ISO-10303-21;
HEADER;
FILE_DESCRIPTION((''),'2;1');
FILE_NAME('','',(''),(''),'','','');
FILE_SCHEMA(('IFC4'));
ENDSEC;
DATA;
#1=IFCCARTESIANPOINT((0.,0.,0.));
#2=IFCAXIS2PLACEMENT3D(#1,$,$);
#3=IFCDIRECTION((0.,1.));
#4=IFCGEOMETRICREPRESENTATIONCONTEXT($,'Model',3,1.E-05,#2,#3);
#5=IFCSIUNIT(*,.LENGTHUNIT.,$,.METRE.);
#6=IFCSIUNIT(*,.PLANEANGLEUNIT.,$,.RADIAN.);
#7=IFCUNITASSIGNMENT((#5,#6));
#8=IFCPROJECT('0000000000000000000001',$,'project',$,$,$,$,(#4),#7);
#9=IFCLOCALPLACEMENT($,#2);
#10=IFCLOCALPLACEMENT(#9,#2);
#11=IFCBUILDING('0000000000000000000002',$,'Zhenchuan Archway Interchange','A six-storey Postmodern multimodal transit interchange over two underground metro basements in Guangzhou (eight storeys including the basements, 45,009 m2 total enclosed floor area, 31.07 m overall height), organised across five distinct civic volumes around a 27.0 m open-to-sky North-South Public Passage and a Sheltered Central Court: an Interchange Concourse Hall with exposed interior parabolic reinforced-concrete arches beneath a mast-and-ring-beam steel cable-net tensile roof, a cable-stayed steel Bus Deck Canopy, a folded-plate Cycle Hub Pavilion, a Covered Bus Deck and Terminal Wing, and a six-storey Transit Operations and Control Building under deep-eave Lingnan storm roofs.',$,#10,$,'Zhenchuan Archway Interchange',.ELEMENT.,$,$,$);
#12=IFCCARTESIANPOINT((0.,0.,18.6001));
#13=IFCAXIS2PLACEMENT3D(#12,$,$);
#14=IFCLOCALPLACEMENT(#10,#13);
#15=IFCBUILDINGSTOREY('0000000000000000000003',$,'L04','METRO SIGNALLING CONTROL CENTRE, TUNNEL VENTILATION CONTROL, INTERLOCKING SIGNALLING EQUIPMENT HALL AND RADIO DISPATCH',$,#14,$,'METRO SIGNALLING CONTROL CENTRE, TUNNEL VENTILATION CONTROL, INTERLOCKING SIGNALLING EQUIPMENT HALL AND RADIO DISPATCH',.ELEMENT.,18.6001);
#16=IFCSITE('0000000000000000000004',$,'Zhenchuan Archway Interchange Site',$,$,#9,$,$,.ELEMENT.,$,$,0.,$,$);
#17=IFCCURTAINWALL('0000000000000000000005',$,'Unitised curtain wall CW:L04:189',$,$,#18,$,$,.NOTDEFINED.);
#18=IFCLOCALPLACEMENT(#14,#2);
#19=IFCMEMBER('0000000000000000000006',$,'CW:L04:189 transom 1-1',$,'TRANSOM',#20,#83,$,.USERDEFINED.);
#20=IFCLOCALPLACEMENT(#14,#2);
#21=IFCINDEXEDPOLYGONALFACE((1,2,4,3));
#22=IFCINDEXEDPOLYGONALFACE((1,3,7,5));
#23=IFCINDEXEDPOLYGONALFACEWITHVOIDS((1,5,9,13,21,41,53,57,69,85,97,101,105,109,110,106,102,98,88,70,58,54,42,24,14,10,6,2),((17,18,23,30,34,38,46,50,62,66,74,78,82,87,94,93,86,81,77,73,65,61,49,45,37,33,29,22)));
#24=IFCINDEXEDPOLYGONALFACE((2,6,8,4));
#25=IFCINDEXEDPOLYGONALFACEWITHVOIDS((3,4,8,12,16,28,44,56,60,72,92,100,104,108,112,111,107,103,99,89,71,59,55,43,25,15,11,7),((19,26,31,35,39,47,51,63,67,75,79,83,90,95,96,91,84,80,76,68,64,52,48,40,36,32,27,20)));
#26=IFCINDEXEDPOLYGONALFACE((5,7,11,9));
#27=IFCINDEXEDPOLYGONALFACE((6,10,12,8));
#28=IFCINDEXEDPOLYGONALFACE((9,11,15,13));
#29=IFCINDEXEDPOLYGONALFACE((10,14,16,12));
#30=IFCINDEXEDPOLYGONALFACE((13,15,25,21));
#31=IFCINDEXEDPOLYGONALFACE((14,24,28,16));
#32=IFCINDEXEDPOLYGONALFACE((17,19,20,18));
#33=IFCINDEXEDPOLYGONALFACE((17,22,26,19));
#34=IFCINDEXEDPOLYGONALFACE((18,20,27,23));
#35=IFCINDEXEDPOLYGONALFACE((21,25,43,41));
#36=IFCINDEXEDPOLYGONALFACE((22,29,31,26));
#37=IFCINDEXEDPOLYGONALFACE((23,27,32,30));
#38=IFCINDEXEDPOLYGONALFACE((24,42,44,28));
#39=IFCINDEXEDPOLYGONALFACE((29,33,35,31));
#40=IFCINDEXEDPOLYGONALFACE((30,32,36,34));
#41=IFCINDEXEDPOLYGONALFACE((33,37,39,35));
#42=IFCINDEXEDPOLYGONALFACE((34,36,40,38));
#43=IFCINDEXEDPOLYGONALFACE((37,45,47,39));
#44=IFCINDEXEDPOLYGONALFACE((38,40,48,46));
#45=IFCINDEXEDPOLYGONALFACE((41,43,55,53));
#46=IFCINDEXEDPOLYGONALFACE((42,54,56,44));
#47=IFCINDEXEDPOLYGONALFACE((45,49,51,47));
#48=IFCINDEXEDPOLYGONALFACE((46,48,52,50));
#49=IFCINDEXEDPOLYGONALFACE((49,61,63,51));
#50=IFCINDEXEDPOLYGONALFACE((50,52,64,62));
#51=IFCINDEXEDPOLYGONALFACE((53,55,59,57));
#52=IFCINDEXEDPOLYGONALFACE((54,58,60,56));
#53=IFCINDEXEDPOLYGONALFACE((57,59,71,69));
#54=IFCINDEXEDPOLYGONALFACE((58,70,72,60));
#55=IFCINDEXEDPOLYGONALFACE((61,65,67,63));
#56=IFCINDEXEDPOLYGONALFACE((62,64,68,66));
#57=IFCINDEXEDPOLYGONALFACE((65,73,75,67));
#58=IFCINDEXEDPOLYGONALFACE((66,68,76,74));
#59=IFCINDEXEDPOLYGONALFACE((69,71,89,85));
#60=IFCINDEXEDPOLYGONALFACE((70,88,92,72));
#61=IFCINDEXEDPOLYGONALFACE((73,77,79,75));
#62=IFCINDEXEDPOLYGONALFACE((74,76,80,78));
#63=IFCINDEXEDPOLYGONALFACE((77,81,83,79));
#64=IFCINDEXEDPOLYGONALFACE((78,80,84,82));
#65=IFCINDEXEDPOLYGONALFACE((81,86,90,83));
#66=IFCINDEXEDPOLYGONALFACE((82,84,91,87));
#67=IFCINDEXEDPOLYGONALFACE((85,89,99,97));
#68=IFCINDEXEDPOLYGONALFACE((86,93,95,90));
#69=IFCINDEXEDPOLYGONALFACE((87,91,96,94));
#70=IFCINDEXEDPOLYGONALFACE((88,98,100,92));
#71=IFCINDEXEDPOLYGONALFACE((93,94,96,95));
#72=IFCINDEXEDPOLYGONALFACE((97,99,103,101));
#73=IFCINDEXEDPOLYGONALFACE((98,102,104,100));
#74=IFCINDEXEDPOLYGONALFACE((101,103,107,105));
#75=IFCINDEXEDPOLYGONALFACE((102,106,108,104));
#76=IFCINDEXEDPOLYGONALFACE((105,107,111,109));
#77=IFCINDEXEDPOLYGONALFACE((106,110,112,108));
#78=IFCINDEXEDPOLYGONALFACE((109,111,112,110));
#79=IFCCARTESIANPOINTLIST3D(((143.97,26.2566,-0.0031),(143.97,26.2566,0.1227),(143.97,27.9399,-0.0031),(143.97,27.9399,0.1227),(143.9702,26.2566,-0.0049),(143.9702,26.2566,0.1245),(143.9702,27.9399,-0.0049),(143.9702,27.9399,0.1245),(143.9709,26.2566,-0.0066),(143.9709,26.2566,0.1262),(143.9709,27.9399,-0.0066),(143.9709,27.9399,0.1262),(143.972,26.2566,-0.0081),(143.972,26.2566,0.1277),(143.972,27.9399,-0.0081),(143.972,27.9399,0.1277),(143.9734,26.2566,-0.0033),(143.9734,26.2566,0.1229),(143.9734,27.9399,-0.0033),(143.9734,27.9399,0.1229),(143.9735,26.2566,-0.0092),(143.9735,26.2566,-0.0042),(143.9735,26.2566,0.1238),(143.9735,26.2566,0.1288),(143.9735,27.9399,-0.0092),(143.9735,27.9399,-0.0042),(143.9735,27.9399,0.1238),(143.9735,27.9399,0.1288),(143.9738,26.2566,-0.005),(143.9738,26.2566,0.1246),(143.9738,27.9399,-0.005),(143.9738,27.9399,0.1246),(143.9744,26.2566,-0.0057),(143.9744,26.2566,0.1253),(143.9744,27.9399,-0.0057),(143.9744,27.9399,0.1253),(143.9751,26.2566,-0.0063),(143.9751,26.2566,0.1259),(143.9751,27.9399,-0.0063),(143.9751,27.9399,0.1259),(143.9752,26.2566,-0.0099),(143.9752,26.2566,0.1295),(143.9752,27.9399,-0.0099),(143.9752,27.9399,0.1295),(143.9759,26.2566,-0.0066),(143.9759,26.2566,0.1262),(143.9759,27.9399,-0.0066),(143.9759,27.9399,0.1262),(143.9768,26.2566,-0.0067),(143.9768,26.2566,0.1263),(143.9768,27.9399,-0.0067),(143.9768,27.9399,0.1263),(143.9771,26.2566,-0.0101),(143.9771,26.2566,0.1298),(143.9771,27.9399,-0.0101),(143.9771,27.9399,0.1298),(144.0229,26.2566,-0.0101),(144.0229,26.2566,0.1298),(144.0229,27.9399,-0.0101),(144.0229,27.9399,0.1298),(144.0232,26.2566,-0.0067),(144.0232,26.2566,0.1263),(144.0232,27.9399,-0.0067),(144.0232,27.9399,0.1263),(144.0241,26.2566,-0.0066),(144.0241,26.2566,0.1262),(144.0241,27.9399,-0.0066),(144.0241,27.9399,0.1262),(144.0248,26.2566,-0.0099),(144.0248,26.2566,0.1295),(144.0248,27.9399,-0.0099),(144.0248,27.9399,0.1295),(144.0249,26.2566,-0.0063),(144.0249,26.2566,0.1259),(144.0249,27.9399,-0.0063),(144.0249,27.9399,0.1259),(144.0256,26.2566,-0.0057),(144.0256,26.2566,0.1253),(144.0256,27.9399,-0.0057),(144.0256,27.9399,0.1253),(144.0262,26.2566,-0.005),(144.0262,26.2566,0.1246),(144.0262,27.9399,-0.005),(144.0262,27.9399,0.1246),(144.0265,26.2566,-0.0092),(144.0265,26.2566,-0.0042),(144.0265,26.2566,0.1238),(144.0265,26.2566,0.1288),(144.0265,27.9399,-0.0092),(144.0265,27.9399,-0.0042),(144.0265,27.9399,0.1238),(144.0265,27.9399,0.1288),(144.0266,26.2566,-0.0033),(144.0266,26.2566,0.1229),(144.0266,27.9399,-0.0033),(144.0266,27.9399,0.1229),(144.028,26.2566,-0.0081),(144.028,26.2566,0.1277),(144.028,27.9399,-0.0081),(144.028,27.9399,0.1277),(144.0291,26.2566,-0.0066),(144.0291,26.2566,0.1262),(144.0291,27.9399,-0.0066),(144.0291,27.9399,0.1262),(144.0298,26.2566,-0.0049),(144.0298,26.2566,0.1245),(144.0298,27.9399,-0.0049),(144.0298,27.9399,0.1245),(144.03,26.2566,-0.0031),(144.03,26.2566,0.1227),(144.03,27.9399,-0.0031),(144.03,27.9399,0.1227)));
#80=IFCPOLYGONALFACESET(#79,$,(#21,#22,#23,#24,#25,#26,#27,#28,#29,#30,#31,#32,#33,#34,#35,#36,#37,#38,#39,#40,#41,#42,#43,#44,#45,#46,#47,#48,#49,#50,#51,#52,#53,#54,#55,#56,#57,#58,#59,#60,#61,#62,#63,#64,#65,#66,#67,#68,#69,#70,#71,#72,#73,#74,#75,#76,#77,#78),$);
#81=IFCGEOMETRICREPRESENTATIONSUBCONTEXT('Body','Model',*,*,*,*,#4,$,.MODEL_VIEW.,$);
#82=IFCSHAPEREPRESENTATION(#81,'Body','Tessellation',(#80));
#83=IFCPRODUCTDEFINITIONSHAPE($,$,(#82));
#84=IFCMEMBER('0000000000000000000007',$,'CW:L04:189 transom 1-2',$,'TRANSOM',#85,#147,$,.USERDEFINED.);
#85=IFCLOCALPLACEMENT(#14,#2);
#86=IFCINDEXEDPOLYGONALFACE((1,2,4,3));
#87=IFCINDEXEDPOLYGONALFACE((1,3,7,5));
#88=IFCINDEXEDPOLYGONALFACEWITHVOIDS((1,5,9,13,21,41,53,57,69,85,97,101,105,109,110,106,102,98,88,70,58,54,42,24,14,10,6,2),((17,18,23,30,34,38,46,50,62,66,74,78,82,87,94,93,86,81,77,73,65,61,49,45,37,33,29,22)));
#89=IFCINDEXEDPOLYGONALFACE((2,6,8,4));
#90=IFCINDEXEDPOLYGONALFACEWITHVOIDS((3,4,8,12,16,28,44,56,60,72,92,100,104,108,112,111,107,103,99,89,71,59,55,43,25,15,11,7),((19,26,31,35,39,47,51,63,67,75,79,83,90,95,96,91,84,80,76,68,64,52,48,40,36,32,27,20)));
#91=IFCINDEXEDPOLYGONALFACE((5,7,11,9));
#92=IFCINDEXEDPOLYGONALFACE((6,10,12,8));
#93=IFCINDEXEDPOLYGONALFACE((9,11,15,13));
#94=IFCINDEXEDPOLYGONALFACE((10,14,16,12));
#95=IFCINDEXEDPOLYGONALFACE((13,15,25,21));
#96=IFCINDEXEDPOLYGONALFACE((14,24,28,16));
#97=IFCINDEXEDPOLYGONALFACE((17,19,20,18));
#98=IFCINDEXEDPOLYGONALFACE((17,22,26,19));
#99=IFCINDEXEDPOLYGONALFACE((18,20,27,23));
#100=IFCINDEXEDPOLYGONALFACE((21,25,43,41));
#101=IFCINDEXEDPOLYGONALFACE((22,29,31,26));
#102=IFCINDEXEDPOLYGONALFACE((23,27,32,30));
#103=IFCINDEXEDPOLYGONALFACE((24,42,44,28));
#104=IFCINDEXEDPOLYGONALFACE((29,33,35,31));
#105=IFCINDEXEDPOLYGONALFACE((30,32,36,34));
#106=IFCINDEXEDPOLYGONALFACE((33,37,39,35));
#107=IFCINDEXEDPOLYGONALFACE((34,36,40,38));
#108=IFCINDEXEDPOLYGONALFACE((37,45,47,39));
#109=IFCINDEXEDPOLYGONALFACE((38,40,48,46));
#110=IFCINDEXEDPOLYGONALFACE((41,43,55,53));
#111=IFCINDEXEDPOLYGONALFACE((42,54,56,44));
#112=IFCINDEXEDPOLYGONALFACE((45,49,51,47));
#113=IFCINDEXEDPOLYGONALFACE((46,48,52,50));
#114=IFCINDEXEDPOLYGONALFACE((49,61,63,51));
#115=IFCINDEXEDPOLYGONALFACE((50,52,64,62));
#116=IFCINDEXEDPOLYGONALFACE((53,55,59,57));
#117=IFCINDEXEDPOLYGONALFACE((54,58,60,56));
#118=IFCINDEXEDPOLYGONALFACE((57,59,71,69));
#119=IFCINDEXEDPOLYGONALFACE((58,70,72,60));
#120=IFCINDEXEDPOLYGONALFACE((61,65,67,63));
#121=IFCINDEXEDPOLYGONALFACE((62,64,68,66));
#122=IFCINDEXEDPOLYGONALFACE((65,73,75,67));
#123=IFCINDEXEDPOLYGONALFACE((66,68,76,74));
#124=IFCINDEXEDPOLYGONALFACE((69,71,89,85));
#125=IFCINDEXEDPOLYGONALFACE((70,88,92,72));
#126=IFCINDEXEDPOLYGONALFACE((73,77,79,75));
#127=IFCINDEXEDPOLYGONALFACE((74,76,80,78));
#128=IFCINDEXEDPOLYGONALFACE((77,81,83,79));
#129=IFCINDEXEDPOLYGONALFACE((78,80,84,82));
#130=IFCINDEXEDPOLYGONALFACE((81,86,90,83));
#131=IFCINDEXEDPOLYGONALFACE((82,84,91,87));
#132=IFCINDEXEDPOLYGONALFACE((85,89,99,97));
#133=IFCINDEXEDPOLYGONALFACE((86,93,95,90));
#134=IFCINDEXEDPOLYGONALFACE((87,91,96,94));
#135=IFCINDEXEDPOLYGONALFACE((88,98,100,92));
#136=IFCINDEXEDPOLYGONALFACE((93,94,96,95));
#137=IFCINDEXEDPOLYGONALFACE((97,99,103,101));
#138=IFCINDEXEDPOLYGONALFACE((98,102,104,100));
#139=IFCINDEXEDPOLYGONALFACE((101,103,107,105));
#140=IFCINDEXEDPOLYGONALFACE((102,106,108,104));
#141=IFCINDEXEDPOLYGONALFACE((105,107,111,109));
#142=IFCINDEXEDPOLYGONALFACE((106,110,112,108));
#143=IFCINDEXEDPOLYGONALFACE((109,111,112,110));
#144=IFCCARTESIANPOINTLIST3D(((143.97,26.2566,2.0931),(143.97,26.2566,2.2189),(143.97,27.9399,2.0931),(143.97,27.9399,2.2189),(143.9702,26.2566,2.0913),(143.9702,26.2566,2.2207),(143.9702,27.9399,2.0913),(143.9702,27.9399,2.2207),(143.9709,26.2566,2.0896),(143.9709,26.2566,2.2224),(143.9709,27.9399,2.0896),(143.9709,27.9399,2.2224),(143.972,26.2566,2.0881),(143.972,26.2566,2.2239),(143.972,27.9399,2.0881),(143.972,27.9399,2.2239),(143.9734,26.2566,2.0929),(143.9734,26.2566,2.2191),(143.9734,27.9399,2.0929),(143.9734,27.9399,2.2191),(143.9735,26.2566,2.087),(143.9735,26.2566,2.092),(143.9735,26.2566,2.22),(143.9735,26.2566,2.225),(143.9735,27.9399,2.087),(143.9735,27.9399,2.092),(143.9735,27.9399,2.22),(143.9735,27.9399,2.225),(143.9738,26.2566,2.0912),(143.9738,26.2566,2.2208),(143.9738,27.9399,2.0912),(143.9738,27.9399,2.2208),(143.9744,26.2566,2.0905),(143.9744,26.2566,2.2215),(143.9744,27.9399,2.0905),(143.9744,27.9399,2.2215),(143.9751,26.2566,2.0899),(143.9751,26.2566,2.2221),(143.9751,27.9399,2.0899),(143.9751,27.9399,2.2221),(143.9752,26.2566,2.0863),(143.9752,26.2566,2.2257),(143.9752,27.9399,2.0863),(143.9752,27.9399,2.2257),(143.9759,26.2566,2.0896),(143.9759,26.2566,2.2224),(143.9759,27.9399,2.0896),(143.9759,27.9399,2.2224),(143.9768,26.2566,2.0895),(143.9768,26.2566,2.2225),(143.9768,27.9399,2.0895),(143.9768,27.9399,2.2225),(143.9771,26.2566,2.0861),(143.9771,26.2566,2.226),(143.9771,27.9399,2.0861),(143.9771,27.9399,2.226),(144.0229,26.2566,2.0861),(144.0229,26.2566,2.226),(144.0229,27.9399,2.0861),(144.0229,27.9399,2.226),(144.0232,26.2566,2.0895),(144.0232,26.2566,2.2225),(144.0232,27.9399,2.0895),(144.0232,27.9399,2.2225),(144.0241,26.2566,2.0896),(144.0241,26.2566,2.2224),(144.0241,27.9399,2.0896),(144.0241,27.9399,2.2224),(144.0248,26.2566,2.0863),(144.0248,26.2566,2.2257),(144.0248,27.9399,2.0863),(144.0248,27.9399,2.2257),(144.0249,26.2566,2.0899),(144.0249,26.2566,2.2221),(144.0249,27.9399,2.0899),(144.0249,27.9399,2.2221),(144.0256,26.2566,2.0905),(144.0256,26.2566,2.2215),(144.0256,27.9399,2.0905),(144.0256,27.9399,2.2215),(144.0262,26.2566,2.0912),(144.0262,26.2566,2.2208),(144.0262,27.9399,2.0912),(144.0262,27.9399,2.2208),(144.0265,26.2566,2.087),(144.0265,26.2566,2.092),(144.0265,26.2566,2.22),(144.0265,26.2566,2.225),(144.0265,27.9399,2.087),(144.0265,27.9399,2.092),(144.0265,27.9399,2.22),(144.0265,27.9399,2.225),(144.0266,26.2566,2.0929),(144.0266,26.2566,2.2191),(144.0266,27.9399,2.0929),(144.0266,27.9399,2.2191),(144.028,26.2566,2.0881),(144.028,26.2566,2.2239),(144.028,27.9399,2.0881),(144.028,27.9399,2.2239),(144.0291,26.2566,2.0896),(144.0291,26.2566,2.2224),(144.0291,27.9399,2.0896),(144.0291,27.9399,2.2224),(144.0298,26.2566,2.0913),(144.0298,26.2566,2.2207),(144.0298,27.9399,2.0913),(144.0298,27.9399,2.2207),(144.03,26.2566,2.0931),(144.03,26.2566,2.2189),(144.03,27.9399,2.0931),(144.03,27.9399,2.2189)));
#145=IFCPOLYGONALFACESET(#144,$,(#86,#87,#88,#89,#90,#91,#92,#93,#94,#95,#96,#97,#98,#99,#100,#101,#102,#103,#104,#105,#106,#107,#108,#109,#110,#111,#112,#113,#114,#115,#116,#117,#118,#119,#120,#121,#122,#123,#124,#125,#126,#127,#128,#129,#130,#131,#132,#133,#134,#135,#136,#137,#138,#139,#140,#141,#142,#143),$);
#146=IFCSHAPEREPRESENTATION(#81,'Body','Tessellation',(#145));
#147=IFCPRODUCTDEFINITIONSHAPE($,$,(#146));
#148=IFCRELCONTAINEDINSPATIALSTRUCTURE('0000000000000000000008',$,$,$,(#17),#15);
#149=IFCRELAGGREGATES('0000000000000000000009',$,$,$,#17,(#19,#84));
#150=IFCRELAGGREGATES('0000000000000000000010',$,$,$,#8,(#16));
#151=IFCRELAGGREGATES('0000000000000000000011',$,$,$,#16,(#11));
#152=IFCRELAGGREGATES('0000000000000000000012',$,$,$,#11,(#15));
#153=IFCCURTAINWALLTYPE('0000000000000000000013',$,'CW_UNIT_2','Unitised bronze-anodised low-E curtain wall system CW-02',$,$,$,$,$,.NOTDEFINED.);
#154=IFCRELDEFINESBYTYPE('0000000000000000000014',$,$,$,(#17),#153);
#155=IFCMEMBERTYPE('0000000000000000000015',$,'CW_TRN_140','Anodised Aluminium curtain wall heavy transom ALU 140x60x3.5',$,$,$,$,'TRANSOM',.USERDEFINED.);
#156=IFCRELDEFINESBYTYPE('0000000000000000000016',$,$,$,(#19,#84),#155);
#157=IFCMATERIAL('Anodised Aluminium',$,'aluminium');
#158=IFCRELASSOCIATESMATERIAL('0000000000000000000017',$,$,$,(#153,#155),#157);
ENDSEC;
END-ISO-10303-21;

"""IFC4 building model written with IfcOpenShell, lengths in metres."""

from ifc_helpers import new_model, si_unit, direction, frame, origin, origin_2d, place, context, subcontext, project, spatial, hollow_rectangle, extrude, material, material_profile, profile_set, type_object, element, aggregate, save


model = new_model("IFC4")

# Units and contexts
model_context = context("Model", 3, precision=1e-05, world=origin(), true_north=direction((0.0, 1.0)))
body_context = subcontext(model_context, "Body", "Model", "MODEL_VIEW")
ifc_project = project(units=[si_unit("LENGTHUNIT", "METRE"), si_unit("PLANEANGLEUNIT", "RADIAN")], contexts=[model_context])

# Site, building, storey
site_placement = place(None, origin())
site = spatial("IfcSite", under=ifc_project, at=site_placement, Name="Zhenchuan Archway Interchange Site", CompositionType="ELEMENT", RefElevation=0.0)
building_placement = place(site_placement, origin())
building = spatial("IfcBuilding", under=site, at=building_placement, Name="Zhenchuan Archway Interchange", Description="A six-storey Postmodern multimodal transit interchange over two underground metro basements in Guangzhou (eight storeys including the basements, 45,009 m2 total enclosed floor area, 31.07 m overall height), organised across five distinct civic volumes around a 27.0 m open-to-sky North-South Public Passage and a Sheltered Central Court: an Interchange Concourse Hall with exposed interior parabolic reinforced-concrete arches beneath a mast-and-ring-beam steel cable-net tensile roof, a cable-stayed steel Bus Deck Canopy, a folded-plate Cycle Hub Pavilion, a Covered Bus Deck and Terminal Wing, and a six-storey Transit Operations and Control Building under deep-eave Lingnan storm roofs.", LongName="Zhenchuan Archway Interchange", CompositionType="ELEMENT")
storey_placement = place(building_placement, frame((0.0, 0.0, 18.6001)))
storey = spatial("IfcBuildingStorey", under=building, at=storey_placement, Name="L04", Description="METRO SIGNALLING CONTROL CENTRE, TUNNEL VENTILATION CONTROL, INTERLOCKING SIGNALLING EQUIPMENT HALL AND RADIO DISPATCH", LongName="METRO SIGNALLING CONTROL CENTRE, TUNNEL VENTILATION CONTROL, INTERLOCKING SIGNALLING EQUIPMENT HALL AND RADIO DISPATCH", CompositionType="ELEMENT", Elevation=18.6001)

# Curtain wall, members
ifc_material_1 = material(Name="Anodised Aluminium", Category="aluminium")
curtain_wall_type = type_object("IfcCurtainWallType", Name="CW_UNIT_2", Description="Unitised bronze-anodised low-E curtain wall system CW-02", PredefinedType="NOTDEFINED", material=ifc_material_1)
curtain_wall_placement = place(storey_placement, origin())
curtain_wall = element("IfcCurtainWall", 1, at=curtain_wall_placement, inside=storey, type_object=curtain_wall_type, Name="Unitised curtain wall CW:L04:189", PredefinedType="NOTDEFINED")
ifc_material_profile_1 = material_profile(ifc_material_1, hollow_rectangle(XDim=0.0601, YDim=0.1399, WallThickness=0.0034, InnerFilletRadius=0.0034, OuterFilletRadius=0.0071, at=origin_2d()), Name="ALU 140x60x3.5")
ifc_profile_set_1 = profile_set([ifc_material_profile_1], Name="Anodised Aluminium")
member_type_1 = type_object("IfcMemberType", Name="CW_TRN_140", Description="Anodised Aluminium curtain wall heavy transom ALU 140x60x3.5", ElementType="TRANSOM", PredefinedType="USERDEFINED", material=ifc_profile_set_1)
member_1_placement = place(storey_placement, frame((144.0, 26.2566, 0.0598), z_axis=(0.0, 1.0, 0.0), x_axis=(-1.0, 0.0, 0.0)))
member_1 = element("IfcMember", 2, at=member_1_placement, type_object=member_type_1, Name="CW:L04:189 transom 1-1", ObjectType="TRANSOM", PredefinedType="USERDEFINED", context=body_context, shape_type="SweptSolid", body=[
    extrude(hollow_rectangle(XDim=0.0601, YDim=0.1399, WallThickness=0.0034, InnerFilletRadius=0.0034, OuterFilletRadius=0.0071, at=origin_2d()), origin(), (0.0, 0.0, 1.0), 1.6833),
])
member_2_placement = place(storey_placement, frame((144.0, 26.2566, 2.156), z_axis=(0.0, 1.0, 0.0), x_axis=(-1.0, 0.0, 0.0)))
member_2 = element("IfcMember", 3, at=member_2_placement, type_object=member_type_1, Name="CW:L04:189 transom 1-2", ObjectType="TRANSOM", PredefinedType="USERDEFINED", context=body_context, shape_type="SweptSolid", body=[
    extrude(hollow_rectangle(XDim=0.0601, YDim=0.1399, WallThickness=0.0034, InnerFilletRadius=0.0034, OuterFilletRadius=0.0071, at=origin_2d()), origin(), (0.0, 0.0, 1.0), 1.6833),
])

aggregate(curtain_wall, [member_1, member_2])

save(model, "model.ifc")
